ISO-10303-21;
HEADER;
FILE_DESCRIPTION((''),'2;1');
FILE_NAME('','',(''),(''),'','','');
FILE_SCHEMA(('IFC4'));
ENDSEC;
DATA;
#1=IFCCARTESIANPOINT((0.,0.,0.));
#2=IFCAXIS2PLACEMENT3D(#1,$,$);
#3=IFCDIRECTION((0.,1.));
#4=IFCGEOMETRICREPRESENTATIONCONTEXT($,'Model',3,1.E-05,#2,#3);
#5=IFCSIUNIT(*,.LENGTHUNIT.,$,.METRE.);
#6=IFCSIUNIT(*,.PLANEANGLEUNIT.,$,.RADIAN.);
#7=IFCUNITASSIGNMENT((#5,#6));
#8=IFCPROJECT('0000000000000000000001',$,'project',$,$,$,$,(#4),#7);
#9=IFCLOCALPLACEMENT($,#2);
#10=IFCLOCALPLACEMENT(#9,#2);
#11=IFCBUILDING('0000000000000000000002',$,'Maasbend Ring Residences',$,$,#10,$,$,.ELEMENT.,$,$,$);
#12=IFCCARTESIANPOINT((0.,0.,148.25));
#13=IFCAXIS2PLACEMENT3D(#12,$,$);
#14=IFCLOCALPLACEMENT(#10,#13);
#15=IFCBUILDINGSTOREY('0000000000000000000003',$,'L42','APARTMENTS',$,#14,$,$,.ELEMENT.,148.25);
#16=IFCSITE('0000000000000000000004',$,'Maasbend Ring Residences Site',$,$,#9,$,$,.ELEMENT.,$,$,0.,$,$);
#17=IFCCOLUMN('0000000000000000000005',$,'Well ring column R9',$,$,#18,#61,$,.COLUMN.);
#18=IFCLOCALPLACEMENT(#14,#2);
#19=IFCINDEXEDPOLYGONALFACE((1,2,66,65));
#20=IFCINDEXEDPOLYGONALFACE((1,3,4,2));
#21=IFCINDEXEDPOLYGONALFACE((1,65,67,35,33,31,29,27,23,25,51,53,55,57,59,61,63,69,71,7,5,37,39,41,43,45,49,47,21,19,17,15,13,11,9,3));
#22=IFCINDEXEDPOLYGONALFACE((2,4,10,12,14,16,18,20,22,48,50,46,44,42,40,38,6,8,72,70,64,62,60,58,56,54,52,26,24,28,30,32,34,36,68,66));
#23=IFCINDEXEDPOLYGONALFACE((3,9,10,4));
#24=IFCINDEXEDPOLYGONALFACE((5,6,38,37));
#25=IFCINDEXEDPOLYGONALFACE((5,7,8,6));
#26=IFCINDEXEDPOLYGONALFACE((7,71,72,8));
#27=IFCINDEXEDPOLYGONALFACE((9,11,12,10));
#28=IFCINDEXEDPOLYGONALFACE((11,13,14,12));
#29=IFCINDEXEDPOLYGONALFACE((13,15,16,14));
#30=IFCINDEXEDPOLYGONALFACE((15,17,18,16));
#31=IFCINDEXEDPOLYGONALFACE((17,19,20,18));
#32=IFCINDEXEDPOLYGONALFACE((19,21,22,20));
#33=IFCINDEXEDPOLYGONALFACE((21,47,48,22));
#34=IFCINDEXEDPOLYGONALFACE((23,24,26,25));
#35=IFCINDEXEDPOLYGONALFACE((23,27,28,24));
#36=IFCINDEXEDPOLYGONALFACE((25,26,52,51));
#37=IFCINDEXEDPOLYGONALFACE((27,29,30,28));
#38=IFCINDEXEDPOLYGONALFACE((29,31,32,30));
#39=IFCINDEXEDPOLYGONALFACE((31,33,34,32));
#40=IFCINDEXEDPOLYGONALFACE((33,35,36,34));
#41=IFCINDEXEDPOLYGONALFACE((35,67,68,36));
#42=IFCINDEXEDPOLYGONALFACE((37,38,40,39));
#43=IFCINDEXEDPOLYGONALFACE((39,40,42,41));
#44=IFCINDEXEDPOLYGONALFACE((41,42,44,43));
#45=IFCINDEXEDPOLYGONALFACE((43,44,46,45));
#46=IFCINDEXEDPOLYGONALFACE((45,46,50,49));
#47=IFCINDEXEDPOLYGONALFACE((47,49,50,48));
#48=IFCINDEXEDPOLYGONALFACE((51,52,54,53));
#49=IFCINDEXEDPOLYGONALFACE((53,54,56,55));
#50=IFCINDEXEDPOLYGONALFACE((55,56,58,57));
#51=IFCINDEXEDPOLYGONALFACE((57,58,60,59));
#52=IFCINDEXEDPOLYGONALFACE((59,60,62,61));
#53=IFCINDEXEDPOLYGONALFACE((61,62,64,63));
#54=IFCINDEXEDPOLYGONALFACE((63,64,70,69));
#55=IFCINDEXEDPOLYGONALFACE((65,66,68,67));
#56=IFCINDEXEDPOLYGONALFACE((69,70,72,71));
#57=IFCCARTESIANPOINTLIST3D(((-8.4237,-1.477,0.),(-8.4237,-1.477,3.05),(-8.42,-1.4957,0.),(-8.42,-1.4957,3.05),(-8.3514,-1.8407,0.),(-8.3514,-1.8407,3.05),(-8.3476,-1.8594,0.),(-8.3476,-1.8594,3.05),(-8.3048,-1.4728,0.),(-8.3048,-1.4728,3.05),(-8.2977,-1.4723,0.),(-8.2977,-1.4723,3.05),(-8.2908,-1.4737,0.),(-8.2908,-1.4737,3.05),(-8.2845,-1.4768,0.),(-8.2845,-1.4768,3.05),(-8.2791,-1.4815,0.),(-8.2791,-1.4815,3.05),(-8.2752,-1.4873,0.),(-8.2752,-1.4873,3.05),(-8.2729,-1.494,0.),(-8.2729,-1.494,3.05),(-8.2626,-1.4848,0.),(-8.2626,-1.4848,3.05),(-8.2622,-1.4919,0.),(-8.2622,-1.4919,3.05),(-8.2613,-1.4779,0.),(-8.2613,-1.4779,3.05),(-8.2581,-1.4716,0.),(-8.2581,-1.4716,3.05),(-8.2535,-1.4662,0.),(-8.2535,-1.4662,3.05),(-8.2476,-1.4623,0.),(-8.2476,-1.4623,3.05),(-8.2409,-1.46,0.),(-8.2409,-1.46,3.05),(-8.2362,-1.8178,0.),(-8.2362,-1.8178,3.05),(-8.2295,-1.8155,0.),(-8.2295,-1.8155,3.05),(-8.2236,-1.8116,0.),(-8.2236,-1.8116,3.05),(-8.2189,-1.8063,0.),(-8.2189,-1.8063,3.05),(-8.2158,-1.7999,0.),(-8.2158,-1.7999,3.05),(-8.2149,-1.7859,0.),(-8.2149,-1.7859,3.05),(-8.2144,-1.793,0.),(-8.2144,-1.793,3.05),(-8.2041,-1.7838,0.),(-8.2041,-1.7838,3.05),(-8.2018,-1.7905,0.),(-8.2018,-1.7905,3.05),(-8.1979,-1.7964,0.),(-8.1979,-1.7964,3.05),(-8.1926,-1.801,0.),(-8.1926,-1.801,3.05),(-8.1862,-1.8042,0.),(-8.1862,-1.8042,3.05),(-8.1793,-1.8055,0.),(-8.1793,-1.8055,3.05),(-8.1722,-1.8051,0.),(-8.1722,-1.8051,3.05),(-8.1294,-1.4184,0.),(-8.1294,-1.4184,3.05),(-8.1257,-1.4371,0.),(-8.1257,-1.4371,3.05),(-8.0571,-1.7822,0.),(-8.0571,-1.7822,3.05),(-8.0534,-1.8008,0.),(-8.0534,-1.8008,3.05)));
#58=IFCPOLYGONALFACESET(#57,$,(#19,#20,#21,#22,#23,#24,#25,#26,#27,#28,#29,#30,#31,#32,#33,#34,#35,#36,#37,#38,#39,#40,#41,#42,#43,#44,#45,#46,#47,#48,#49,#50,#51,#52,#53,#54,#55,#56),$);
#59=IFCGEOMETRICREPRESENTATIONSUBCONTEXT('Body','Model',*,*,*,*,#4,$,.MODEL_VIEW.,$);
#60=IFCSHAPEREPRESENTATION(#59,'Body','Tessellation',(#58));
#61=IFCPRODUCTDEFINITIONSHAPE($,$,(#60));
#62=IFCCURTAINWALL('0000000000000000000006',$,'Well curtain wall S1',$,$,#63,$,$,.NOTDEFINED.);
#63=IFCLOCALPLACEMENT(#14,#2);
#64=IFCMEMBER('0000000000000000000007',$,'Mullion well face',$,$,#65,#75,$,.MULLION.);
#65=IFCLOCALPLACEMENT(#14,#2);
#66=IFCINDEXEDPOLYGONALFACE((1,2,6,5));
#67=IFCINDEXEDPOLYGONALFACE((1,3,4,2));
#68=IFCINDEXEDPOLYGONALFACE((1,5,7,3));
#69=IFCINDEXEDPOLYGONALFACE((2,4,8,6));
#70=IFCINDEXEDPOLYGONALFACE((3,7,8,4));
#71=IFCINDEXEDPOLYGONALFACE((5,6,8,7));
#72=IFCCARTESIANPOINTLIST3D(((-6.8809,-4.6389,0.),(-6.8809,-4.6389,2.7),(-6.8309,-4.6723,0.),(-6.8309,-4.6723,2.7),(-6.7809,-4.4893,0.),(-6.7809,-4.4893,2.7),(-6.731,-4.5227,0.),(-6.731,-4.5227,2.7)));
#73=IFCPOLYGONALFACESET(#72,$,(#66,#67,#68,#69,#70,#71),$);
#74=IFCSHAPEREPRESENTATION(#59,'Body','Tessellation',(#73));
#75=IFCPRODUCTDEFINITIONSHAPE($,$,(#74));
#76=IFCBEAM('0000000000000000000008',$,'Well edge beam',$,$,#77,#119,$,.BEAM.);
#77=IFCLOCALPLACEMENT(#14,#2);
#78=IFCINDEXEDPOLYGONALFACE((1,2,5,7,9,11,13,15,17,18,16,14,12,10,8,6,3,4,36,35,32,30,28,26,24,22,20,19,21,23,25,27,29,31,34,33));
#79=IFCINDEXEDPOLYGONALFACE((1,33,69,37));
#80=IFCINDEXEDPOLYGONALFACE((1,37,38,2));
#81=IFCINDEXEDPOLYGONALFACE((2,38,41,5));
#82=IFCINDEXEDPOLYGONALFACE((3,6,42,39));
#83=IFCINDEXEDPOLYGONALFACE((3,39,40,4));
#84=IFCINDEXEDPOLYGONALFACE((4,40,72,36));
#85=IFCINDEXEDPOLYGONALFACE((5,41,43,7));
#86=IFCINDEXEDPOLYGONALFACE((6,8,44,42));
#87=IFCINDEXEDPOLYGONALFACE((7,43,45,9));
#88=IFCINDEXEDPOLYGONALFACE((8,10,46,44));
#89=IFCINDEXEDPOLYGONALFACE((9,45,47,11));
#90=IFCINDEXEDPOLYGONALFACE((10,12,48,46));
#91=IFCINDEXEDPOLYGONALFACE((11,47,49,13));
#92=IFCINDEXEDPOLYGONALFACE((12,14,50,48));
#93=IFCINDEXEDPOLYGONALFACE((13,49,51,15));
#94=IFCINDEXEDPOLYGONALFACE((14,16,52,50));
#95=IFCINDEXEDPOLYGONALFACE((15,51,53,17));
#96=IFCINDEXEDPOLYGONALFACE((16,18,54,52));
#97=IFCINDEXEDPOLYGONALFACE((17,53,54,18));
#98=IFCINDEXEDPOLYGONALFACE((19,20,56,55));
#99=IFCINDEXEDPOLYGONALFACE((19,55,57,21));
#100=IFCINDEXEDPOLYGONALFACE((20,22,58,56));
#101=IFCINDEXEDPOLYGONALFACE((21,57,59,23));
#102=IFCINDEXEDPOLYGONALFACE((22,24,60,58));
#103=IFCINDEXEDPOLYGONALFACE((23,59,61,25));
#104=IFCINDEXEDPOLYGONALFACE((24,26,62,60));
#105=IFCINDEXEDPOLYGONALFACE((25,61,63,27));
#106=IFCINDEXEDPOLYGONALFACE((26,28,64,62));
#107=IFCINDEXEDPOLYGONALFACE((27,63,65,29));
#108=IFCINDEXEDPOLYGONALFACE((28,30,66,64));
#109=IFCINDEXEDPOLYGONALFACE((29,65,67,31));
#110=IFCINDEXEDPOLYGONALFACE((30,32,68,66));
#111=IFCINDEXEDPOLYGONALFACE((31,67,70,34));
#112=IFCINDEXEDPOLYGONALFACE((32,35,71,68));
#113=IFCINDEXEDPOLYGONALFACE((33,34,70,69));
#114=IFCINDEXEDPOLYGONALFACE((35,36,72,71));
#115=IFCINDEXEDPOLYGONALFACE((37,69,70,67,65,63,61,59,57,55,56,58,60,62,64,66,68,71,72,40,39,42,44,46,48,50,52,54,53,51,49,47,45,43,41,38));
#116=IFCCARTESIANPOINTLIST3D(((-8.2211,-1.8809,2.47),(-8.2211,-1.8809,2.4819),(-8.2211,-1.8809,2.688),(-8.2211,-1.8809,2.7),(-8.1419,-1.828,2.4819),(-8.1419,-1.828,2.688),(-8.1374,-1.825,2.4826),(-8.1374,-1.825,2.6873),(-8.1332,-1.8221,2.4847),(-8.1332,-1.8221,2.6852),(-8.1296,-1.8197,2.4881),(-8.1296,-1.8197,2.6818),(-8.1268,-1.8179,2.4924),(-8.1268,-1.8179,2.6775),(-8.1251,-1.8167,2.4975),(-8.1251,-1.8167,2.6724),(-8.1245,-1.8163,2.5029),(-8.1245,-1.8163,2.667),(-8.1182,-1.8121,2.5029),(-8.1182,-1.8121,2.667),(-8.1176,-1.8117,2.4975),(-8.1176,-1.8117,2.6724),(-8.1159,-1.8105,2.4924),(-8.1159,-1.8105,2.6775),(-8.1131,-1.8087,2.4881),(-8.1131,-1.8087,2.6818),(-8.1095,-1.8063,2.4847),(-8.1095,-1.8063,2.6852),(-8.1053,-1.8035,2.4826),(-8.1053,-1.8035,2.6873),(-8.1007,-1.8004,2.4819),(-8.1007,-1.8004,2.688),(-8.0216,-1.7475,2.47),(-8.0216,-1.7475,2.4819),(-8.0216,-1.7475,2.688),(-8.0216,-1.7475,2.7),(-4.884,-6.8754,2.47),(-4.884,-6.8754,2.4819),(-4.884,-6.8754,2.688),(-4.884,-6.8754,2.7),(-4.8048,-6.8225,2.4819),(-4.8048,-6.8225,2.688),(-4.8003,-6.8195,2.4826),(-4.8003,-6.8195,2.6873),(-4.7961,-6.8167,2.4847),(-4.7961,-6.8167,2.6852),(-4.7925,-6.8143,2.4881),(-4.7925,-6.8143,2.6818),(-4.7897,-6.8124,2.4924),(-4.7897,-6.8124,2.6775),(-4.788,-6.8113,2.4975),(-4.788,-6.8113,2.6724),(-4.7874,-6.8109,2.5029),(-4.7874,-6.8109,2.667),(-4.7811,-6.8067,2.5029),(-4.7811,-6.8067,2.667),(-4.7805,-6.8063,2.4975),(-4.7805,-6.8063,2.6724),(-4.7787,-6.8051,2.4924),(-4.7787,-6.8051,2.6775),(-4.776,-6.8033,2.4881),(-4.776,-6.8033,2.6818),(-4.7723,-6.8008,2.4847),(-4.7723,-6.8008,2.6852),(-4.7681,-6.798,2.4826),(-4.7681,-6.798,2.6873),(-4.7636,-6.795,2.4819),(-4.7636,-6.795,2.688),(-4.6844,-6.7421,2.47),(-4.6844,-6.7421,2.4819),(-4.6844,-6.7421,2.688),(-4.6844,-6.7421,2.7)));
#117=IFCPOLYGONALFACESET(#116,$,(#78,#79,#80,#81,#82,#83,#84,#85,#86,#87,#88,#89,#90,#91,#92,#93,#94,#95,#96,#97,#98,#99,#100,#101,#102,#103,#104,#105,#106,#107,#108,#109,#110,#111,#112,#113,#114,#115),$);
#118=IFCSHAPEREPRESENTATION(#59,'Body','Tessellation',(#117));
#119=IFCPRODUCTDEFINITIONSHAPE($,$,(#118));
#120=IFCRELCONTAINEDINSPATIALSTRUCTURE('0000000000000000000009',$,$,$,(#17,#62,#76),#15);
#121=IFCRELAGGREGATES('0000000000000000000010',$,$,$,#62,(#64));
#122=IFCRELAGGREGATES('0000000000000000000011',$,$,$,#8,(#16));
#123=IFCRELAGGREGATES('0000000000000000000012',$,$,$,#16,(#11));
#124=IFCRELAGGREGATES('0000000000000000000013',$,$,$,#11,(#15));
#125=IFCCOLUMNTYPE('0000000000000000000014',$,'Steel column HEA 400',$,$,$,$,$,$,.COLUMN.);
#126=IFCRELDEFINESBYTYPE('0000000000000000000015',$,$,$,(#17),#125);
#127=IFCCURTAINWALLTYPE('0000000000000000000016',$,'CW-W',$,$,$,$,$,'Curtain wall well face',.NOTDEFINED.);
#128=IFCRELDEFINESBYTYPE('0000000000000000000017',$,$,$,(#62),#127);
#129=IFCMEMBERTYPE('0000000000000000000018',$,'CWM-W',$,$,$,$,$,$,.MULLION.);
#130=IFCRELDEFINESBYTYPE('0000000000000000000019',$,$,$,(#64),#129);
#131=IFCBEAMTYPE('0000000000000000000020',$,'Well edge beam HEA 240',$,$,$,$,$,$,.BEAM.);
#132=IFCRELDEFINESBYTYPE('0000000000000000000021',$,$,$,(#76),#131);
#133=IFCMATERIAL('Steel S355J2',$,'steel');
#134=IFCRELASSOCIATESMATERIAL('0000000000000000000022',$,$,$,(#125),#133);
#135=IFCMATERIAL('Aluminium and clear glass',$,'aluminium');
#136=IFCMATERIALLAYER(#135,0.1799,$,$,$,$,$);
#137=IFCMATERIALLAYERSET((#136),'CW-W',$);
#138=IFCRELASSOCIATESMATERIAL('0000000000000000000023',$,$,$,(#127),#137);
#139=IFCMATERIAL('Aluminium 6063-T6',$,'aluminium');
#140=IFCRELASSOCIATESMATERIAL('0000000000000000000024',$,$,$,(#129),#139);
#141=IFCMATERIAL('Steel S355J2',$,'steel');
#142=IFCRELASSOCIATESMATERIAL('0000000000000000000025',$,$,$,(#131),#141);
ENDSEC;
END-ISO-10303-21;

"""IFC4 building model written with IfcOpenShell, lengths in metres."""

from ifc_helpers import new_model, si_unit, direction, frame, origin, origin_2d, place, context, subcontext, project, spatial, rectangle, i_section, extrude, material, layer, layer_set, material_profile, profile_set, type_object, element, aggregate, save


model = new_model("IFC4")

# Units and contexts
model_context = context("Model", 3, precision=1e-05, world=origin(), true_north=direction((0.0, 1.0)))
body_context = subcontext(model_context, "Body", "Model", "MODEL_VIEW")
ifc_project = project(units=[si_unit("LENGTHUNIT", "METRE"), si_unit("PLANEANGLEUNIT", "RADIAN")], contexts=[model_context])

# Site, building, storey
site_placement = place(None, origin())
site = spatial("IfcSite", under=ifc_project, at=site_placement, Name="Maasbend Ring Residences Site", CompositionType="ELEMENT", RefElevation=0.0)
building_placement = place(site_placement, origin())
building = spatial("IfcBuilding", under=site, at=building_placement, Name="Maasbend Ring Residences", CompositionType="ELEMENT")
storey_placement = place(building_placement, frame((0.0, 0.0, 148.25)))
storey = spatial("IfcBuildingStorey", under=building, at=storey_placement, Name="L42", Description="APARTMENTS", CompositionType="ELEMENT", Elevation=148.25)

# Column
ifc_material_1 = material(Name="Steel S355J2", Category="steel")
ifc_material_profile_1 = material_profile(ifc_material_1, i_section(OverallWidth=0.3, OverallDepth=0.3899, WebThickness=0.011, FlangeThickness=0.019, FilletRadius=0.0271, at=origin_2d()), Name="HEA 400")
ifc_profile_set_1 = profile_set([ifc_material_profile_1], Name="Steel S355J2")
column_type = type_object("IfcColumnType", Name="Steel column HEA 400", PredefinedType="COLUMN", material=ifc_profile_set_1)
column_placement = place(storey_placement, frame((-8.2385, -1.6389, 0.0), z_axis=(0.0, 0.0, 1.0), x_axis=(-0.980785, -0.19509, 0.0)))
element("IfcColumn", 1, at=column_placement, inside=storey, type_object=column_type, Name="Well ring column R9", PredefinedType="COLUMN", context=body_context, shape_type="SweptSolid", body=[
    extrude(i_section(OverallWidth=0.3, OverallDepth=0.3899, WebThickness=0.011, FlangeThickness=0.019, FilletRadius=0.0271, at=origin_2d()), origin(), (0.0, 0.0, 1.0), 3.05),
])

# Curtain wall, member
ifc_material_2 = material(Name="Aluminium and clear glass", Category="aluminium")
ifc_layer_1 = layer(ifc_material_2, 0.1799)
ifc_layer_set_1 = layer_set([ifc_layer_1], Name="CW-W")
curtain_wall_type = type_object("IfcCurtainWallType", Name="CW-W", ElementType="Curtain wall well face", PredefinedType="NOTDEFINED", material=ifc_layer_set_1)
curtain_wall_placement = place(storey_placement, origin())
curtain_wall = element("IfcCurtainWall", 2, at=curtain_wall_placement, inside=storey, type_object=curtain_wall_type, Name="Well curtain wall S1", PredefinedType="NOTDEFINED")
ifc_material_3 = material(Name="Aluminium 6063-T6", Category="aluminium")
ifc_material_profile_2 = material_profile(ifc_material_3, rectangle(XDim=0.1799, YDim=0.0601, at=origin_2d()), Name="AL 180x60")
ifc_profile_set_2 = profile_set([ifc_material_profile_2], Name="Aluminium 6063-T6")
member_type = type_object("IfcMemberType", Name="CWM-W", PredefinedType="MULLION", material=ifc_profile_set_2)
member_placement = place(storey_placement, frame((-6.8059, -4.5808, 0.0), z_axis=(0.0, 0.0, 1.0), x_axis=(0.55557, 0.83147, 0.0)))
member = element("IfcMember", 3, at=member_placement, type_object=member_type, Name="Mullion well face", PredefinedType="MULLION", context=body_context, shape_type="SweptSolid", body=[
    extrude(rectangle(XDim=0.1799, YDim=0.0601, at=origin_2d()), origin(), (0.0, 0.0, 1.0), 2.7),
])
aggregate(curtain_wall, [member])

# Beam
ifc_material_4 = material(Name="Steel S355J2", Category="steel")
ifc_material_profile_3 = material_profile(ifc_material_4, i_section(OverallWidth=0.24, OverallDepth=0.23, WebThickness=0.0076, FlangeThickness=0.012, FilletRadius=0.021, at=origin_2d()), Name="HEA 240")
ifc_profile_set_3 = profile_set([ifc_material_profile_3], Name="Steel S355J2")
beam_type = type_object("IfcBeamType", Name="Well edge beam HEA 240", PredefinedType="BEAM", material=ifc_profile_set_3)
beam_placement = place(storey_placement, frame((-8.1213, -1.8142, 2.585), z_axis=(0.555553, -0.831481, 0.0), x_axis=(0.831481, 0.555553, 0.0)))
element("IfcBeam", 4, at=beam_placement, inside=storey, type_object=beam_type, Name="Well edge beam", PredefinedType="BEAM", context=body_context, shape_type="SweptSolid", body=[
    extrude(i_section(OverallWidth=0.24, OverallDepth=0.23, WebThickness=0.0076, FlangeThickness=0.012, FilletRadius=0.021, at=origin_2d()), origin(), (0.0, 0.0, 1.0), 6.0068),
])

save(model, "model.ifc")
